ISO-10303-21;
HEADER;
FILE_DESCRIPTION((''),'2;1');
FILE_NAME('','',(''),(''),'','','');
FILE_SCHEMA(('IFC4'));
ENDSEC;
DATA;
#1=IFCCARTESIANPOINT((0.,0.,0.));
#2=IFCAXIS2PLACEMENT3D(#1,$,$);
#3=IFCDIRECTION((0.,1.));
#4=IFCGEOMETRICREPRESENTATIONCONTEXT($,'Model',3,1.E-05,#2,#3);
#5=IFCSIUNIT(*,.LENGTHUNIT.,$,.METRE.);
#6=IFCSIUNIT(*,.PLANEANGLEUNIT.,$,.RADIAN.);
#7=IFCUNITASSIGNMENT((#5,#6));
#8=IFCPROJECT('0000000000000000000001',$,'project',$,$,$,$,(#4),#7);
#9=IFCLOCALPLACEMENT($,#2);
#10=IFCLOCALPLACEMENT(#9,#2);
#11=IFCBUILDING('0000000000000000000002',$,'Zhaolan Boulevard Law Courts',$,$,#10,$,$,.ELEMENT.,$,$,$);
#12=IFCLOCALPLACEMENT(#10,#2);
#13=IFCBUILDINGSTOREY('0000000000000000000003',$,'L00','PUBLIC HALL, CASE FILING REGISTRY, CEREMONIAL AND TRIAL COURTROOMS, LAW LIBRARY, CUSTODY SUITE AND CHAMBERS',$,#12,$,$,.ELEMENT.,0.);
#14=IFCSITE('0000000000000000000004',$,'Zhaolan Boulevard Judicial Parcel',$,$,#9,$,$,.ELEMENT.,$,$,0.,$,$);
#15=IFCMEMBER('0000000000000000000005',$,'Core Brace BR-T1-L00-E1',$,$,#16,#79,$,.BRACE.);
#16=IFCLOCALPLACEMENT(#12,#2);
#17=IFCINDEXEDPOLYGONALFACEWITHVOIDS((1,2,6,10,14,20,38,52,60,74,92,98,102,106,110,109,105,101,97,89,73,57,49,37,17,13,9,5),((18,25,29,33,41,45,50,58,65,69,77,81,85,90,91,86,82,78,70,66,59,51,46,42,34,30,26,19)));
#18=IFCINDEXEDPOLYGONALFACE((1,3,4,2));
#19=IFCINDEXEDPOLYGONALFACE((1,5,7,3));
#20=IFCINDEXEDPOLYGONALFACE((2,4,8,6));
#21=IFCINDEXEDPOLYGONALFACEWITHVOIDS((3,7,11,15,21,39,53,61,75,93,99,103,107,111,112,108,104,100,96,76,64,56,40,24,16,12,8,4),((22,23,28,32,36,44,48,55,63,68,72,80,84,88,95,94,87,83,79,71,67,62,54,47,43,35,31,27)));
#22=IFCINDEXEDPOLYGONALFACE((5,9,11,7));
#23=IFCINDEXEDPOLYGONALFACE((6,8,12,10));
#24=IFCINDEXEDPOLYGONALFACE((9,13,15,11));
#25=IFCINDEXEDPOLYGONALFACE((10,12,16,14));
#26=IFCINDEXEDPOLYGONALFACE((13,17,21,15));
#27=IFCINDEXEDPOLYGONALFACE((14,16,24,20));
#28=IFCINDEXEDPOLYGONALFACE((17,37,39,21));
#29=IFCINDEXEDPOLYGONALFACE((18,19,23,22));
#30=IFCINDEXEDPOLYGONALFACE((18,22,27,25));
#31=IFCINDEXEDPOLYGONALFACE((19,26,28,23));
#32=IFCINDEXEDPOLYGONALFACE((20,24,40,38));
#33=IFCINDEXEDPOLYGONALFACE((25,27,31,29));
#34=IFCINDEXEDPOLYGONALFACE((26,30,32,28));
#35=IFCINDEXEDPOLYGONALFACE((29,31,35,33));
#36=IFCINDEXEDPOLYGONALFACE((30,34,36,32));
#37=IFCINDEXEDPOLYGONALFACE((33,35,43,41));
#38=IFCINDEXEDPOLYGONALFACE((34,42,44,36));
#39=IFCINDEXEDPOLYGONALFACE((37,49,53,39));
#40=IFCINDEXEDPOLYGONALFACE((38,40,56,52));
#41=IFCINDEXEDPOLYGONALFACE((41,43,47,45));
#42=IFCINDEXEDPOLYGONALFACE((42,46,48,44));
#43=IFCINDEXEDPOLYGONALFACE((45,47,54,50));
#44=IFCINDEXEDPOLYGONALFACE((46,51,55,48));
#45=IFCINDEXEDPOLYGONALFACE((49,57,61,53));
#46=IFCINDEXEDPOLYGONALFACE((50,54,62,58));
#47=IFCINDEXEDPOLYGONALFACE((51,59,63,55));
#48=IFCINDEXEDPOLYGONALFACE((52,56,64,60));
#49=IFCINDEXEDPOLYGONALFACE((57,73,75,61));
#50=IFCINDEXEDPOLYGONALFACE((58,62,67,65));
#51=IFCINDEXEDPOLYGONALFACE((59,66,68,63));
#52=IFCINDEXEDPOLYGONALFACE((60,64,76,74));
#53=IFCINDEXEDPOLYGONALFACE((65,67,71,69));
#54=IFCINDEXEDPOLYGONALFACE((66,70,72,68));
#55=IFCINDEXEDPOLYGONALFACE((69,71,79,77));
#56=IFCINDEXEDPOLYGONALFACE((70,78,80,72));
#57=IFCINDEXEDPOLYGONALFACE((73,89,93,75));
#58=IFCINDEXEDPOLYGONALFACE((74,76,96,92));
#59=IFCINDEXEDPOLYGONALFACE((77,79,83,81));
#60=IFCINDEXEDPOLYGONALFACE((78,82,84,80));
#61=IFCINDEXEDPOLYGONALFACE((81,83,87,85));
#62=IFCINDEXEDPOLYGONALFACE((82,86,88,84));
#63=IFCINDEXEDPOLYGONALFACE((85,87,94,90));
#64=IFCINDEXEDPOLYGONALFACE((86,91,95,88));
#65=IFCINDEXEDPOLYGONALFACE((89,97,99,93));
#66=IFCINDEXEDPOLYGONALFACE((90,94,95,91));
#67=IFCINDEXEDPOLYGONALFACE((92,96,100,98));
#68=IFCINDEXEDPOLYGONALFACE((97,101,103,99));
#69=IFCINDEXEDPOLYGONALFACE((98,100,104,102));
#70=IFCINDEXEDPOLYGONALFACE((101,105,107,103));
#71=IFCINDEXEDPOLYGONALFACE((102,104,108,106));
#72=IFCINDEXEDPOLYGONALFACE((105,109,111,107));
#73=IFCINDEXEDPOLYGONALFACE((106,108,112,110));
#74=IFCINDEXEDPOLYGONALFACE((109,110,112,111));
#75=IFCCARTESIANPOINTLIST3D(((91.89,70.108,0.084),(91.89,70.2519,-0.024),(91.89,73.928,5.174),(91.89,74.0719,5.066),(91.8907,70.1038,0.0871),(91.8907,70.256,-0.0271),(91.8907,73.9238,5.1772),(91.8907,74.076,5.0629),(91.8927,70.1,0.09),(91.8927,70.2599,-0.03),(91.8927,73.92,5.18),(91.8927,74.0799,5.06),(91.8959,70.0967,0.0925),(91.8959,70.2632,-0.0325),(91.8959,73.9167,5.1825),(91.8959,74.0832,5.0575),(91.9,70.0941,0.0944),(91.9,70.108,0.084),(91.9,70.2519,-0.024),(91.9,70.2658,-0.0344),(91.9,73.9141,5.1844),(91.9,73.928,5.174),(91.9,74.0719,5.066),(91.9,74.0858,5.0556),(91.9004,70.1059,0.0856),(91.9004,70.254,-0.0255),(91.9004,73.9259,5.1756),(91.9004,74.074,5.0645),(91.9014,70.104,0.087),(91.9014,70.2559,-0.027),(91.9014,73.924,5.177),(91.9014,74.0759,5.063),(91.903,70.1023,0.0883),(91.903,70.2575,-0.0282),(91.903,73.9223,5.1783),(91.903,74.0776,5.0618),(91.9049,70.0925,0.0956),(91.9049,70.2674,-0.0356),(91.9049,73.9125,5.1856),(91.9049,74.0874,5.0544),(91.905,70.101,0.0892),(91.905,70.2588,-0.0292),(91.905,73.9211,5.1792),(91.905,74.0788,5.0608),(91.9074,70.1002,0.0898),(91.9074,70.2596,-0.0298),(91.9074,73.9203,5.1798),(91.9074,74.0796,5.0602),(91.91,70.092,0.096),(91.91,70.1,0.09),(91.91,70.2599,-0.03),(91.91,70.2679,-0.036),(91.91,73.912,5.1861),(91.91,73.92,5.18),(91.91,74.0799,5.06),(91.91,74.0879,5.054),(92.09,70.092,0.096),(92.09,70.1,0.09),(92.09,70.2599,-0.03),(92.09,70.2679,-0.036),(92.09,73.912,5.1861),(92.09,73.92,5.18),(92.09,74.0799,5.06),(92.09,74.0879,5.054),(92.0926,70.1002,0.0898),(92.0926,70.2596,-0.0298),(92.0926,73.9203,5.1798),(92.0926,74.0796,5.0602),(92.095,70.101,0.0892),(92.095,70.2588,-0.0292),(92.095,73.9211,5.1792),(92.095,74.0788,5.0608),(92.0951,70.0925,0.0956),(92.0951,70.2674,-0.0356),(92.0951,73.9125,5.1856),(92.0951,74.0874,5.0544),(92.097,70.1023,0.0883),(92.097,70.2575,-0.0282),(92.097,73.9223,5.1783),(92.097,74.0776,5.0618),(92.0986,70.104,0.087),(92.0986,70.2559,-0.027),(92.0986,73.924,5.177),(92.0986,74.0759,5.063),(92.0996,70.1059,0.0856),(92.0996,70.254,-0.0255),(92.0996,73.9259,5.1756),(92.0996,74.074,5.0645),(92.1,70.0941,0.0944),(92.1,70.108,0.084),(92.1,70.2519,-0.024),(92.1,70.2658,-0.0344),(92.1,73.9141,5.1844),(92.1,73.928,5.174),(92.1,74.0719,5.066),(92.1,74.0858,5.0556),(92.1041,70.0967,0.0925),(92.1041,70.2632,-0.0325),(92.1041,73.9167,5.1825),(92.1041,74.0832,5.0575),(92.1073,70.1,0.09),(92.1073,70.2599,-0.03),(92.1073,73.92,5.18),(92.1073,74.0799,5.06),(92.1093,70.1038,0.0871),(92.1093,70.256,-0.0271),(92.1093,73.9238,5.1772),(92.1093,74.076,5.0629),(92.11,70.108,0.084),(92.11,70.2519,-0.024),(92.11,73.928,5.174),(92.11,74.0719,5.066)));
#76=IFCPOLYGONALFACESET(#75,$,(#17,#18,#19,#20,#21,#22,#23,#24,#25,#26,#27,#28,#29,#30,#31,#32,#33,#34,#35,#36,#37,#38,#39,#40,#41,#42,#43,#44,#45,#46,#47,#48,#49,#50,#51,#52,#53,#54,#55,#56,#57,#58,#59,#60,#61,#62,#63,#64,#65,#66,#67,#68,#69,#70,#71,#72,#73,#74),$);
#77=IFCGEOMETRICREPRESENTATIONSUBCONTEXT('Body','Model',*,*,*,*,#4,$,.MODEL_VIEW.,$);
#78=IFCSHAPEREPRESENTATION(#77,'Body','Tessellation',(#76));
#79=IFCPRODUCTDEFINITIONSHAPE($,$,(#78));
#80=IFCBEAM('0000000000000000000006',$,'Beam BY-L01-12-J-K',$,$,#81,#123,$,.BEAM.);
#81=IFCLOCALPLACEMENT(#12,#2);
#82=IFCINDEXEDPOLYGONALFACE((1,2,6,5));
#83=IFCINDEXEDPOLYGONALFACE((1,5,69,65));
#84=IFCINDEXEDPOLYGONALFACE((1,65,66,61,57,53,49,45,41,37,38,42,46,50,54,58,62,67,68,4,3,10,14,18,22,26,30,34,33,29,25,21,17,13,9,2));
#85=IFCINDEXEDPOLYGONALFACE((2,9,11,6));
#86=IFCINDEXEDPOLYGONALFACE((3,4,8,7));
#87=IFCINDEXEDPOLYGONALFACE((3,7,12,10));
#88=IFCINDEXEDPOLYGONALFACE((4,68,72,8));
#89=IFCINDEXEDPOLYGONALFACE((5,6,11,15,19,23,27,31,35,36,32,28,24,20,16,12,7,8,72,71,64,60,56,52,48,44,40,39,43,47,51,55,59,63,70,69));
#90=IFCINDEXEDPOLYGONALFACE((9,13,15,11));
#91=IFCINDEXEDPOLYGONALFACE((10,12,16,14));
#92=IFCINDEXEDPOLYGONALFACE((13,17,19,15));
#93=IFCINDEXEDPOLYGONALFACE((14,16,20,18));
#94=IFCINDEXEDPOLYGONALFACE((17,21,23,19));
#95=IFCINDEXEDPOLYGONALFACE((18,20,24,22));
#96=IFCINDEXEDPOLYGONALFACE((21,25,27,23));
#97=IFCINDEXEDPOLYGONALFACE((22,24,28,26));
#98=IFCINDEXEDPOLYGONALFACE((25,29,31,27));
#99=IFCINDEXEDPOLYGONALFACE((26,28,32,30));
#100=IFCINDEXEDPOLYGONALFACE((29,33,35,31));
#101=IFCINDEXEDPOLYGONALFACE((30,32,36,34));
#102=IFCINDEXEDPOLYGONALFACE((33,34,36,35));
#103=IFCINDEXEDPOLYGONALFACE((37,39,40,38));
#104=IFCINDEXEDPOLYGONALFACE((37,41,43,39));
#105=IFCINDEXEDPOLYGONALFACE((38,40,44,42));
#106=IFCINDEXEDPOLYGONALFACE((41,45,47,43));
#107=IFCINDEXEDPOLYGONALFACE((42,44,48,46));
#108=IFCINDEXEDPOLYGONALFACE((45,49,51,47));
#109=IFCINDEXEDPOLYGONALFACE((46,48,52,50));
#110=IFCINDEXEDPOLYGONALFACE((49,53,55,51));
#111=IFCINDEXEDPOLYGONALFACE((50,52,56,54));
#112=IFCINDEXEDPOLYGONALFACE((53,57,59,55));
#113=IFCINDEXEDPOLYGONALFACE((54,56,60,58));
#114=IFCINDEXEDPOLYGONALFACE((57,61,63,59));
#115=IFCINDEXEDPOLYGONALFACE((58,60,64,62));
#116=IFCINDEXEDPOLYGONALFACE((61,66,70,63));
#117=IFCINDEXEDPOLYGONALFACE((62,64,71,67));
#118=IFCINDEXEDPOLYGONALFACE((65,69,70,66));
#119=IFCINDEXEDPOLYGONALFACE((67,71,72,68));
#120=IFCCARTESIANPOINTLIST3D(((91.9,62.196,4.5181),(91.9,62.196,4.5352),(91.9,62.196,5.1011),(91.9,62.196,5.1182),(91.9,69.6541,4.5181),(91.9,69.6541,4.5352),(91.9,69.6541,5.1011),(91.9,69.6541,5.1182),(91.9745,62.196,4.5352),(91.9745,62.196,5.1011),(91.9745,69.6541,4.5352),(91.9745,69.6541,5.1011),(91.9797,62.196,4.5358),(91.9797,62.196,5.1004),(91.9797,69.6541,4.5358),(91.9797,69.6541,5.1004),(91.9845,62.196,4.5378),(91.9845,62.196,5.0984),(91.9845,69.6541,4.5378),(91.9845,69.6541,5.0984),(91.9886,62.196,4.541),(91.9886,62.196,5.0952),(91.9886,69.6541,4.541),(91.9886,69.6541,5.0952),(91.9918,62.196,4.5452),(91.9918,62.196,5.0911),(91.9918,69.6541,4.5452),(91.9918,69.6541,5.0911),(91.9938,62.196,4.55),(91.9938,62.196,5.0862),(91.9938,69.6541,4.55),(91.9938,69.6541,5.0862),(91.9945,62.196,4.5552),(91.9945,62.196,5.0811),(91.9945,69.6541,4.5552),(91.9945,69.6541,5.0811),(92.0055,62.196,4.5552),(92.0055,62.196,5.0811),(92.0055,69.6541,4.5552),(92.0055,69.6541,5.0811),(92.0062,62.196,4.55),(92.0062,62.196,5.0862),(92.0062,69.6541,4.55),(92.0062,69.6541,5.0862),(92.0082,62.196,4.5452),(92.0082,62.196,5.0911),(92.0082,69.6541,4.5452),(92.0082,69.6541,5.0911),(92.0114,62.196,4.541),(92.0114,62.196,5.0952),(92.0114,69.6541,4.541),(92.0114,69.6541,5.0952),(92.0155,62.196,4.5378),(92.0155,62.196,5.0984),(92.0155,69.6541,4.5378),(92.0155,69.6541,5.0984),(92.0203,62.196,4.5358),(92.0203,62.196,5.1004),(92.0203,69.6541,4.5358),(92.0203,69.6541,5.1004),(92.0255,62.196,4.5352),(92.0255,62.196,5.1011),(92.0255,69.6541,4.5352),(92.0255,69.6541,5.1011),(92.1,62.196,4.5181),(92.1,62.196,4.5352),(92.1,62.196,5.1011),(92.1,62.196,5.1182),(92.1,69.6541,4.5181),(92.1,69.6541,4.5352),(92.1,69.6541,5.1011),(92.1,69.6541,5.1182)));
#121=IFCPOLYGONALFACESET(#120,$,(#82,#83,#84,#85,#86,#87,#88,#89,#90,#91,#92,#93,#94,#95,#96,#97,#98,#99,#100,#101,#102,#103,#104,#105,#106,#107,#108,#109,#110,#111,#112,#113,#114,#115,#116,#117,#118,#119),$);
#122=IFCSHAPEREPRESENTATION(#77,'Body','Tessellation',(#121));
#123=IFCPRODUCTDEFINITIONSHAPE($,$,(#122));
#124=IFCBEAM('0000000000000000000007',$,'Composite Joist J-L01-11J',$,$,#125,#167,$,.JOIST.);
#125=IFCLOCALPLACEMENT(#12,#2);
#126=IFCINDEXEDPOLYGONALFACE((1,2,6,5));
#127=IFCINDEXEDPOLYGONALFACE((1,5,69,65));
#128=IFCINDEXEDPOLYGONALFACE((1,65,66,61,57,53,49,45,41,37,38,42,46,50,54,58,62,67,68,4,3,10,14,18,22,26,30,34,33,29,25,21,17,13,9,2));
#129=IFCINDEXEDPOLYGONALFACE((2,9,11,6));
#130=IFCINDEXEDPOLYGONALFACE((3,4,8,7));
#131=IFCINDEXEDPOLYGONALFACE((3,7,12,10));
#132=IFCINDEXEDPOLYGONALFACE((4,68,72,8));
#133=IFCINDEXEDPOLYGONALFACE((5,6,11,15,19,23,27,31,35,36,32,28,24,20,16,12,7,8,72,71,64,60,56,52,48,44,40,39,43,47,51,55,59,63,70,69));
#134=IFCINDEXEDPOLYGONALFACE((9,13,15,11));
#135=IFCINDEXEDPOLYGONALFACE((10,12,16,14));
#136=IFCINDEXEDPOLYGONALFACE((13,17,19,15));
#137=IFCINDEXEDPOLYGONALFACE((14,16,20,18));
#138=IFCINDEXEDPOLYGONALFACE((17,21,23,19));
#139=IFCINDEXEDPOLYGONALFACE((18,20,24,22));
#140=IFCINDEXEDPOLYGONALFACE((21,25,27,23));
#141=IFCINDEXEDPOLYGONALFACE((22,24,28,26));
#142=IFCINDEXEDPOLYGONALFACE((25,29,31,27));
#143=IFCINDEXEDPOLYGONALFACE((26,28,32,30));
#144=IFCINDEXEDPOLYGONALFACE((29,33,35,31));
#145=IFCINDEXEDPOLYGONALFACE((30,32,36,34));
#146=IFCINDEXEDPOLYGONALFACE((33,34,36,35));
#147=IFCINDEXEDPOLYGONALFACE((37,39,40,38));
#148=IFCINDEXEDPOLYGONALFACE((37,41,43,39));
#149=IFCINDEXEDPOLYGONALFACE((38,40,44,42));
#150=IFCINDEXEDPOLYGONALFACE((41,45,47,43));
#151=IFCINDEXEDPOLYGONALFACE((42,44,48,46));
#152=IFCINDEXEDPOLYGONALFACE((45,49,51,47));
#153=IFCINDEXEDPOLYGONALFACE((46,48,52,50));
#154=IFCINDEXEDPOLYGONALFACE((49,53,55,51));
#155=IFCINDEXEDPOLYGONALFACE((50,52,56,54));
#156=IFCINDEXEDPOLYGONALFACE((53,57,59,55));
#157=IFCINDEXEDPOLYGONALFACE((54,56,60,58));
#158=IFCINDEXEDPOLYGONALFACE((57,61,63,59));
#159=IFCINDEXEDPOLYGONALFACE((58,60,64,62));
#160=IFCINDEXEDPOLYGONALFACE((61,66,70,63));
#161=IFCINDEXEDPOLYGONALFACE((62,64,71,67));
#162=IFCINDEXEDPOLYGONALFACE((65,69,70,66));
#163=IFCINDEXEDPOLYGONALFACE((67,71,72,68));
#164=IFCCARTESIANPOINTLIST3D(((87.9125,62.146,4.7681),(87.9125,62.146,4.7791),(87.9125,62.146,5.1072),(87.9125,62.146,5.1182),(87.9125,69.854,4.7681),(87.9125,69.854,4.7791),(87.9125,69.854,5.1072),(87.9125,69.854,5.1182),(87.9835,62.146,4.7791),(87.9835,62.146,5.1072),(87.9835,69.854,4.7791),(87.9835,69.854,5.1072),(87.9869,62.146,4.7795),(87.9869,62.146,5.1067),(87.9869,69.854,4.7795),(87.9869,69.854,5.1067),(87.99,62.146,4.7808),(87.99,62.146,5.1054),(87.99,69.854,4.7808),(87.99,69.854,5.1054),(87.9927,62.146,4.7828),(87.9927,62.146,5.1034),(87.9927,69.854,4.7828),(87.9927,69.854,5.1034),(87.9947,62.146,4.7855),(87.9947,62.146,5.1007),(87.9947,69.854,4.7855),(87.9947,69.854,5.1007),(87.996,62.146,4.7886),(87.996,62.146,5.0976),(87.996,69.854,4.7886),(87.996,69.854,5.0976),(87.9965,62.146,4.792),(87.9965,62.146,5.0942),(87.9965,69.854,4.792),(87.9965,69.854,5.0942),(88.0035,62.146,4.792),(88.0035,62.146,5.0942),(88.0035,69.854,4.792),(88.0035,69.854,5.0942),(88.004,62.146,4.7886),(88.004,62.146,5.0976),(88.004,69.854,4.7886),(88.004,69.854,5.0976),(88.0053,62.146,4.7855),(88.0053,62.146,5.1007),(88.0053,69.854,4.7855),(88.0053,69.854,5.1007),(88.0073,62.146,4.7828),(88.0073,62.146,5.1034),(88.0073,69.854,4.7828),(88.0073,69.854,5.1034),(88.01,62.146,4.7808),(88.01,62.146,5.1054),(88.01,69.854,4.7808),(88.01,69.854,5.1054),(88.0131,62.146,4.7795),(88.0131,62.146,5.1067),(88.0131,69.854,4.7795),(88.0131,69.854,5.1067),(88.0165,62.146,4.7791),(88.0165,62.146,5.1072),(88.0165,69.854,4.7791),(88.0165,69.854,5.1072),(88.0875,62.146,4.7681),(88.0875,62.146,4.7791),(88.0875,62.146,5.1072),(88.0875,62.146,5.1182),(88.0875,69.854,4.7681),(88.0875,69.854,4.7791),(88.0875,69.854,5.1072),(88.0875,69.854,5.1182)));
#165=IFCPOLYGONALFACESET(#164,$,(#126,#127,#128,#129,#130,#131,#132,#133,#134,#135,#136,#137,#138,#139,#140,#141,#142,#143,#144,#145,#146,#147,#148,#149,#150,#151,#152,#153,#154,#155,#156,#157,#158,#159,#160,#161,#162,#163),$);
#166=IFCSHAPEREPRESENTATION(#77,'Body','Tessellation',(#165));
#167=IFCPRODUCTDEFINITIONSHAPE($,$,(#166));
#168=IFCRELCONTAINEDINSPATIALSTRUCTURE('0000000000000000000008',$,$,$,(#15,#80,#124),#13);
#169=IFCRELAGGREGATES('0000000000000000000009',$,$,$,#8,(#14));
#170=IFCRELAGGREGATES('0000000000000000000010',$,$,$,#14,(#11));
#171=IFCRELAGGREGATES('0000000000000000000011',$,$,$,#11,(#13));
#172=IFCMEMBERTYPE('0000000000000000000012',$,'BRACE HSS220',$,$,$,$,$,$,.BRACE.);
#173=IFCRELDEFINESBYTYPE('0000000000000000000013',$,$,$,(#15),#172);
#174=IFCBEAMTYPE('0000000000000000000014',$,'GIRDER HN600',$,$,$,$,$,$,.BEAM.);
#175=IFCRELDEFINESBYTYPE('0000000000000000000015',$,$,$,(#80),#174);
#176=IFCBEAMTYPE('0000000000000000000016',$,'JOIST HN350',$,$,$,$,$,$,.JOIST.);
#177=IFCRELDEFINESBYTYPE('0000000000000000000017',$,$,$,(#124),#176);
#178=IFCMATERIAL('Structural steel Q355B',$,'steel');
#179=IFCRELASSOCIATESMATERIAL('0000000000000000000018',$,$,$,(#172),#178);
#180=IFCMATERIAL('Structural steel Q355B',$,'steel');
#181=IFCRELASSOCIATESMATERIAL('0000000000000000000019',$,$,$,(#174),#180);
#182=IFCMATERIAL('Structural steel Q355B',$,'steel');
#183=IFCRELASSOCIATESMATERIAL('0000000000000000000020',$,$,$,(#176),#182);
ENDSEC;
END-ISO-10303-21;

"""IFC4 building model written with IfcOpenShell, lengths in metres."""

from ifc_helpers import new_model, si_unit, direction, frame, origin, origin_2d, place, context, subcontext, project, spatial, hollow_rectangle, i_section, extrude, material, material_profile, profile_set, type_object, element, save


model = new_model("IFC4")

# Units and contexts
model_context = context("Model", 3, precision=1e-05, world=origin(), true_north=direction((0.0, 1.0)))
body_context = subcontext(model_context, "Body", "Model", "MODEL_VIEW")
ifc_project = project(units=[si_unit("LENGTHUNIT", "METRE"), si_unit("PLANEANGLEUNIT", "RADIAN")], contexts=[model_context])

# Site, building, storey
site_placement = place(None, origin())
site = spatial("IfcSite", under=ifc_project, at=site_placement, Name="Zhaolan Boulevard Judicial Parcel", CompositionType="ELEMENT", RefElevation=0.0)
building_placement = place(site_placement, origin())
building = spatial("IfcBuilding", under=site, at=building_placement, Name="Zhaolan Boulevard Law Courts", CompositionType="ELEMENT")
storey_placement = place(building_placement, origin())
storey = spatial("IfcBuildingStorey", under=building, at=storey_placement, Name="L00", Description="PUBLIC HALL, CASE FILING REGISTRY, CEREMONIAL AND TRIAL COURTROOMS, LAW LIBRARY, CUSTODY SUITE AND CHAMBERS", CompositionType="ELEMENT", Elevation=0.0)

# Member
ifc_material_1 = material(Name="Structural steel Q355B", Category="steel")
ifc_material_profile_1 = material_profile(ifc_material_1, hollow_rectangle(XDim=0.22, YDim=0.22, WallThickness=0.01, InnerFilletRadius=0.01, OuterFilletRadius=0.02, at=origin_2d()), Name="HSS220x220x10")
ifc_profile_set_1 = profile_set([ifc_material_profile_1], Name="Structural steel Q355B")
member_type = type_object("IfcMemberType", Name="BRACE HSS220", PredefinedType="BRACE", material=ifc_profile_set_1)
for number, where, z_axis, x_axis, name in (
    (1, (92.0, 70.1799, 0.03), (0.0, 0.600252, 0.799811), (-1.0, 0.0, 0.0), "Core Brace BR-T1-L00-E1"),
):
    element("IfcMember", number, at=place(storey_placement, frame(where, z_axis=z_axis, x_axis=x_axis)), inside=storey, type_object=member_type, Name=name, PredefinedType="BRACE", context=body_context, shape_type="SweptSolid", body=[
        extrude(hollow_rectangle(XDim=0.22, YDim=0.22, WallThickness=0.01, InnerFilletRadius=0.01, OuterFilletRadius=0.02, at=origin_2d()), origin(), (0.0, 0.0, 1.0), 6.364),
    ])

# Beams
ifc_material_2 = material(Name="Structural steel Q355B", Category="steel")
ifc_material_profile_2 = material_profile(ifc_material_2, i_section(OverallWidth=0.2, OverallDepth=0.6001, WebThickness=0.011, FlangeThickness=0.0171, FilletRadius=0.02, at=origin_2d()), Name="HN600x200")
ifc_profile_set_2 = profile_set([ifc_material_profile_2], Name="Structural steel Q355B")
beam_type_1 = type_object("IfcBeamType", Name="GIRDER HN600", PredefinedType="BEAM", material=ifc_profile_set_2)
beam_1_placement = place(storey_placement, frame((92.0, 62.196, 4.8181), z_axis=(0.0, 1.0, 0.0), x_axis=(-1.0, 0.0, 0.0)))
element("IfcBeam", 2, at=beam_1_placement, inside=storey, type_object=beam_type_1, Name="Beam BY-L01-12-J-K", PredefinedType="BEAM", context=body_context, shape_type="SweptSolid", body=[
    extrude(i_section(OverallWidth=0.2, OverallDepth=0.6001, WebThickness=0.011, FlangeThickness=0.0171, FilletRadius=0.02, at=origin_2d()), origin(), (0.0, 0.0, 1.0), 7.458),
])
ifc_material_3 = material(Name="Structural steel Q355B", Category="steel")
ifc_material_profile_3 = material_profile(ifc_material_3, i_section(OverallWidth=0.175, OverallDepth=0.3501, WebThickness=0.0071, FlangeThickness=0.011, FilletRadius=0.0129, at=origin_2d()), Name="HN350x175")
ifc_profile_set_3 = profile_set([ifc_material_profile_3], Name="Structural steel Q355B")
beam_type_2 = type_object("IfcBeamType", Name="JOIST HN350", PredefinedType="JOIST", material=ifc_profile_set_3)
beam_2_placement = place(storey_placement, frame((88.0, 62.146, 4.9431), z_axis=(0.0, 1.0, 0.0), x_axis=(-1.0, 0.0, 0.0)))
element("IfcBeam", 3, at=beam_2_placement, inside=storey, type_object=beam_type_2, Name="Composite Joist J-L01-11J", PredefinedType="JOIST", context=body_context, shape_type="SweptSolid", body=[
    extrude(i_section(OverallWidth=0.175, OverallDepth=0.3501, WebThickness=0.0071, FlangeThickness=0.011, FilletRadius=0.0129, at=origin_2d()), origin(), (0.0, 0.0, 1.0), 7.708),
])

save(model, "model.ifc")
